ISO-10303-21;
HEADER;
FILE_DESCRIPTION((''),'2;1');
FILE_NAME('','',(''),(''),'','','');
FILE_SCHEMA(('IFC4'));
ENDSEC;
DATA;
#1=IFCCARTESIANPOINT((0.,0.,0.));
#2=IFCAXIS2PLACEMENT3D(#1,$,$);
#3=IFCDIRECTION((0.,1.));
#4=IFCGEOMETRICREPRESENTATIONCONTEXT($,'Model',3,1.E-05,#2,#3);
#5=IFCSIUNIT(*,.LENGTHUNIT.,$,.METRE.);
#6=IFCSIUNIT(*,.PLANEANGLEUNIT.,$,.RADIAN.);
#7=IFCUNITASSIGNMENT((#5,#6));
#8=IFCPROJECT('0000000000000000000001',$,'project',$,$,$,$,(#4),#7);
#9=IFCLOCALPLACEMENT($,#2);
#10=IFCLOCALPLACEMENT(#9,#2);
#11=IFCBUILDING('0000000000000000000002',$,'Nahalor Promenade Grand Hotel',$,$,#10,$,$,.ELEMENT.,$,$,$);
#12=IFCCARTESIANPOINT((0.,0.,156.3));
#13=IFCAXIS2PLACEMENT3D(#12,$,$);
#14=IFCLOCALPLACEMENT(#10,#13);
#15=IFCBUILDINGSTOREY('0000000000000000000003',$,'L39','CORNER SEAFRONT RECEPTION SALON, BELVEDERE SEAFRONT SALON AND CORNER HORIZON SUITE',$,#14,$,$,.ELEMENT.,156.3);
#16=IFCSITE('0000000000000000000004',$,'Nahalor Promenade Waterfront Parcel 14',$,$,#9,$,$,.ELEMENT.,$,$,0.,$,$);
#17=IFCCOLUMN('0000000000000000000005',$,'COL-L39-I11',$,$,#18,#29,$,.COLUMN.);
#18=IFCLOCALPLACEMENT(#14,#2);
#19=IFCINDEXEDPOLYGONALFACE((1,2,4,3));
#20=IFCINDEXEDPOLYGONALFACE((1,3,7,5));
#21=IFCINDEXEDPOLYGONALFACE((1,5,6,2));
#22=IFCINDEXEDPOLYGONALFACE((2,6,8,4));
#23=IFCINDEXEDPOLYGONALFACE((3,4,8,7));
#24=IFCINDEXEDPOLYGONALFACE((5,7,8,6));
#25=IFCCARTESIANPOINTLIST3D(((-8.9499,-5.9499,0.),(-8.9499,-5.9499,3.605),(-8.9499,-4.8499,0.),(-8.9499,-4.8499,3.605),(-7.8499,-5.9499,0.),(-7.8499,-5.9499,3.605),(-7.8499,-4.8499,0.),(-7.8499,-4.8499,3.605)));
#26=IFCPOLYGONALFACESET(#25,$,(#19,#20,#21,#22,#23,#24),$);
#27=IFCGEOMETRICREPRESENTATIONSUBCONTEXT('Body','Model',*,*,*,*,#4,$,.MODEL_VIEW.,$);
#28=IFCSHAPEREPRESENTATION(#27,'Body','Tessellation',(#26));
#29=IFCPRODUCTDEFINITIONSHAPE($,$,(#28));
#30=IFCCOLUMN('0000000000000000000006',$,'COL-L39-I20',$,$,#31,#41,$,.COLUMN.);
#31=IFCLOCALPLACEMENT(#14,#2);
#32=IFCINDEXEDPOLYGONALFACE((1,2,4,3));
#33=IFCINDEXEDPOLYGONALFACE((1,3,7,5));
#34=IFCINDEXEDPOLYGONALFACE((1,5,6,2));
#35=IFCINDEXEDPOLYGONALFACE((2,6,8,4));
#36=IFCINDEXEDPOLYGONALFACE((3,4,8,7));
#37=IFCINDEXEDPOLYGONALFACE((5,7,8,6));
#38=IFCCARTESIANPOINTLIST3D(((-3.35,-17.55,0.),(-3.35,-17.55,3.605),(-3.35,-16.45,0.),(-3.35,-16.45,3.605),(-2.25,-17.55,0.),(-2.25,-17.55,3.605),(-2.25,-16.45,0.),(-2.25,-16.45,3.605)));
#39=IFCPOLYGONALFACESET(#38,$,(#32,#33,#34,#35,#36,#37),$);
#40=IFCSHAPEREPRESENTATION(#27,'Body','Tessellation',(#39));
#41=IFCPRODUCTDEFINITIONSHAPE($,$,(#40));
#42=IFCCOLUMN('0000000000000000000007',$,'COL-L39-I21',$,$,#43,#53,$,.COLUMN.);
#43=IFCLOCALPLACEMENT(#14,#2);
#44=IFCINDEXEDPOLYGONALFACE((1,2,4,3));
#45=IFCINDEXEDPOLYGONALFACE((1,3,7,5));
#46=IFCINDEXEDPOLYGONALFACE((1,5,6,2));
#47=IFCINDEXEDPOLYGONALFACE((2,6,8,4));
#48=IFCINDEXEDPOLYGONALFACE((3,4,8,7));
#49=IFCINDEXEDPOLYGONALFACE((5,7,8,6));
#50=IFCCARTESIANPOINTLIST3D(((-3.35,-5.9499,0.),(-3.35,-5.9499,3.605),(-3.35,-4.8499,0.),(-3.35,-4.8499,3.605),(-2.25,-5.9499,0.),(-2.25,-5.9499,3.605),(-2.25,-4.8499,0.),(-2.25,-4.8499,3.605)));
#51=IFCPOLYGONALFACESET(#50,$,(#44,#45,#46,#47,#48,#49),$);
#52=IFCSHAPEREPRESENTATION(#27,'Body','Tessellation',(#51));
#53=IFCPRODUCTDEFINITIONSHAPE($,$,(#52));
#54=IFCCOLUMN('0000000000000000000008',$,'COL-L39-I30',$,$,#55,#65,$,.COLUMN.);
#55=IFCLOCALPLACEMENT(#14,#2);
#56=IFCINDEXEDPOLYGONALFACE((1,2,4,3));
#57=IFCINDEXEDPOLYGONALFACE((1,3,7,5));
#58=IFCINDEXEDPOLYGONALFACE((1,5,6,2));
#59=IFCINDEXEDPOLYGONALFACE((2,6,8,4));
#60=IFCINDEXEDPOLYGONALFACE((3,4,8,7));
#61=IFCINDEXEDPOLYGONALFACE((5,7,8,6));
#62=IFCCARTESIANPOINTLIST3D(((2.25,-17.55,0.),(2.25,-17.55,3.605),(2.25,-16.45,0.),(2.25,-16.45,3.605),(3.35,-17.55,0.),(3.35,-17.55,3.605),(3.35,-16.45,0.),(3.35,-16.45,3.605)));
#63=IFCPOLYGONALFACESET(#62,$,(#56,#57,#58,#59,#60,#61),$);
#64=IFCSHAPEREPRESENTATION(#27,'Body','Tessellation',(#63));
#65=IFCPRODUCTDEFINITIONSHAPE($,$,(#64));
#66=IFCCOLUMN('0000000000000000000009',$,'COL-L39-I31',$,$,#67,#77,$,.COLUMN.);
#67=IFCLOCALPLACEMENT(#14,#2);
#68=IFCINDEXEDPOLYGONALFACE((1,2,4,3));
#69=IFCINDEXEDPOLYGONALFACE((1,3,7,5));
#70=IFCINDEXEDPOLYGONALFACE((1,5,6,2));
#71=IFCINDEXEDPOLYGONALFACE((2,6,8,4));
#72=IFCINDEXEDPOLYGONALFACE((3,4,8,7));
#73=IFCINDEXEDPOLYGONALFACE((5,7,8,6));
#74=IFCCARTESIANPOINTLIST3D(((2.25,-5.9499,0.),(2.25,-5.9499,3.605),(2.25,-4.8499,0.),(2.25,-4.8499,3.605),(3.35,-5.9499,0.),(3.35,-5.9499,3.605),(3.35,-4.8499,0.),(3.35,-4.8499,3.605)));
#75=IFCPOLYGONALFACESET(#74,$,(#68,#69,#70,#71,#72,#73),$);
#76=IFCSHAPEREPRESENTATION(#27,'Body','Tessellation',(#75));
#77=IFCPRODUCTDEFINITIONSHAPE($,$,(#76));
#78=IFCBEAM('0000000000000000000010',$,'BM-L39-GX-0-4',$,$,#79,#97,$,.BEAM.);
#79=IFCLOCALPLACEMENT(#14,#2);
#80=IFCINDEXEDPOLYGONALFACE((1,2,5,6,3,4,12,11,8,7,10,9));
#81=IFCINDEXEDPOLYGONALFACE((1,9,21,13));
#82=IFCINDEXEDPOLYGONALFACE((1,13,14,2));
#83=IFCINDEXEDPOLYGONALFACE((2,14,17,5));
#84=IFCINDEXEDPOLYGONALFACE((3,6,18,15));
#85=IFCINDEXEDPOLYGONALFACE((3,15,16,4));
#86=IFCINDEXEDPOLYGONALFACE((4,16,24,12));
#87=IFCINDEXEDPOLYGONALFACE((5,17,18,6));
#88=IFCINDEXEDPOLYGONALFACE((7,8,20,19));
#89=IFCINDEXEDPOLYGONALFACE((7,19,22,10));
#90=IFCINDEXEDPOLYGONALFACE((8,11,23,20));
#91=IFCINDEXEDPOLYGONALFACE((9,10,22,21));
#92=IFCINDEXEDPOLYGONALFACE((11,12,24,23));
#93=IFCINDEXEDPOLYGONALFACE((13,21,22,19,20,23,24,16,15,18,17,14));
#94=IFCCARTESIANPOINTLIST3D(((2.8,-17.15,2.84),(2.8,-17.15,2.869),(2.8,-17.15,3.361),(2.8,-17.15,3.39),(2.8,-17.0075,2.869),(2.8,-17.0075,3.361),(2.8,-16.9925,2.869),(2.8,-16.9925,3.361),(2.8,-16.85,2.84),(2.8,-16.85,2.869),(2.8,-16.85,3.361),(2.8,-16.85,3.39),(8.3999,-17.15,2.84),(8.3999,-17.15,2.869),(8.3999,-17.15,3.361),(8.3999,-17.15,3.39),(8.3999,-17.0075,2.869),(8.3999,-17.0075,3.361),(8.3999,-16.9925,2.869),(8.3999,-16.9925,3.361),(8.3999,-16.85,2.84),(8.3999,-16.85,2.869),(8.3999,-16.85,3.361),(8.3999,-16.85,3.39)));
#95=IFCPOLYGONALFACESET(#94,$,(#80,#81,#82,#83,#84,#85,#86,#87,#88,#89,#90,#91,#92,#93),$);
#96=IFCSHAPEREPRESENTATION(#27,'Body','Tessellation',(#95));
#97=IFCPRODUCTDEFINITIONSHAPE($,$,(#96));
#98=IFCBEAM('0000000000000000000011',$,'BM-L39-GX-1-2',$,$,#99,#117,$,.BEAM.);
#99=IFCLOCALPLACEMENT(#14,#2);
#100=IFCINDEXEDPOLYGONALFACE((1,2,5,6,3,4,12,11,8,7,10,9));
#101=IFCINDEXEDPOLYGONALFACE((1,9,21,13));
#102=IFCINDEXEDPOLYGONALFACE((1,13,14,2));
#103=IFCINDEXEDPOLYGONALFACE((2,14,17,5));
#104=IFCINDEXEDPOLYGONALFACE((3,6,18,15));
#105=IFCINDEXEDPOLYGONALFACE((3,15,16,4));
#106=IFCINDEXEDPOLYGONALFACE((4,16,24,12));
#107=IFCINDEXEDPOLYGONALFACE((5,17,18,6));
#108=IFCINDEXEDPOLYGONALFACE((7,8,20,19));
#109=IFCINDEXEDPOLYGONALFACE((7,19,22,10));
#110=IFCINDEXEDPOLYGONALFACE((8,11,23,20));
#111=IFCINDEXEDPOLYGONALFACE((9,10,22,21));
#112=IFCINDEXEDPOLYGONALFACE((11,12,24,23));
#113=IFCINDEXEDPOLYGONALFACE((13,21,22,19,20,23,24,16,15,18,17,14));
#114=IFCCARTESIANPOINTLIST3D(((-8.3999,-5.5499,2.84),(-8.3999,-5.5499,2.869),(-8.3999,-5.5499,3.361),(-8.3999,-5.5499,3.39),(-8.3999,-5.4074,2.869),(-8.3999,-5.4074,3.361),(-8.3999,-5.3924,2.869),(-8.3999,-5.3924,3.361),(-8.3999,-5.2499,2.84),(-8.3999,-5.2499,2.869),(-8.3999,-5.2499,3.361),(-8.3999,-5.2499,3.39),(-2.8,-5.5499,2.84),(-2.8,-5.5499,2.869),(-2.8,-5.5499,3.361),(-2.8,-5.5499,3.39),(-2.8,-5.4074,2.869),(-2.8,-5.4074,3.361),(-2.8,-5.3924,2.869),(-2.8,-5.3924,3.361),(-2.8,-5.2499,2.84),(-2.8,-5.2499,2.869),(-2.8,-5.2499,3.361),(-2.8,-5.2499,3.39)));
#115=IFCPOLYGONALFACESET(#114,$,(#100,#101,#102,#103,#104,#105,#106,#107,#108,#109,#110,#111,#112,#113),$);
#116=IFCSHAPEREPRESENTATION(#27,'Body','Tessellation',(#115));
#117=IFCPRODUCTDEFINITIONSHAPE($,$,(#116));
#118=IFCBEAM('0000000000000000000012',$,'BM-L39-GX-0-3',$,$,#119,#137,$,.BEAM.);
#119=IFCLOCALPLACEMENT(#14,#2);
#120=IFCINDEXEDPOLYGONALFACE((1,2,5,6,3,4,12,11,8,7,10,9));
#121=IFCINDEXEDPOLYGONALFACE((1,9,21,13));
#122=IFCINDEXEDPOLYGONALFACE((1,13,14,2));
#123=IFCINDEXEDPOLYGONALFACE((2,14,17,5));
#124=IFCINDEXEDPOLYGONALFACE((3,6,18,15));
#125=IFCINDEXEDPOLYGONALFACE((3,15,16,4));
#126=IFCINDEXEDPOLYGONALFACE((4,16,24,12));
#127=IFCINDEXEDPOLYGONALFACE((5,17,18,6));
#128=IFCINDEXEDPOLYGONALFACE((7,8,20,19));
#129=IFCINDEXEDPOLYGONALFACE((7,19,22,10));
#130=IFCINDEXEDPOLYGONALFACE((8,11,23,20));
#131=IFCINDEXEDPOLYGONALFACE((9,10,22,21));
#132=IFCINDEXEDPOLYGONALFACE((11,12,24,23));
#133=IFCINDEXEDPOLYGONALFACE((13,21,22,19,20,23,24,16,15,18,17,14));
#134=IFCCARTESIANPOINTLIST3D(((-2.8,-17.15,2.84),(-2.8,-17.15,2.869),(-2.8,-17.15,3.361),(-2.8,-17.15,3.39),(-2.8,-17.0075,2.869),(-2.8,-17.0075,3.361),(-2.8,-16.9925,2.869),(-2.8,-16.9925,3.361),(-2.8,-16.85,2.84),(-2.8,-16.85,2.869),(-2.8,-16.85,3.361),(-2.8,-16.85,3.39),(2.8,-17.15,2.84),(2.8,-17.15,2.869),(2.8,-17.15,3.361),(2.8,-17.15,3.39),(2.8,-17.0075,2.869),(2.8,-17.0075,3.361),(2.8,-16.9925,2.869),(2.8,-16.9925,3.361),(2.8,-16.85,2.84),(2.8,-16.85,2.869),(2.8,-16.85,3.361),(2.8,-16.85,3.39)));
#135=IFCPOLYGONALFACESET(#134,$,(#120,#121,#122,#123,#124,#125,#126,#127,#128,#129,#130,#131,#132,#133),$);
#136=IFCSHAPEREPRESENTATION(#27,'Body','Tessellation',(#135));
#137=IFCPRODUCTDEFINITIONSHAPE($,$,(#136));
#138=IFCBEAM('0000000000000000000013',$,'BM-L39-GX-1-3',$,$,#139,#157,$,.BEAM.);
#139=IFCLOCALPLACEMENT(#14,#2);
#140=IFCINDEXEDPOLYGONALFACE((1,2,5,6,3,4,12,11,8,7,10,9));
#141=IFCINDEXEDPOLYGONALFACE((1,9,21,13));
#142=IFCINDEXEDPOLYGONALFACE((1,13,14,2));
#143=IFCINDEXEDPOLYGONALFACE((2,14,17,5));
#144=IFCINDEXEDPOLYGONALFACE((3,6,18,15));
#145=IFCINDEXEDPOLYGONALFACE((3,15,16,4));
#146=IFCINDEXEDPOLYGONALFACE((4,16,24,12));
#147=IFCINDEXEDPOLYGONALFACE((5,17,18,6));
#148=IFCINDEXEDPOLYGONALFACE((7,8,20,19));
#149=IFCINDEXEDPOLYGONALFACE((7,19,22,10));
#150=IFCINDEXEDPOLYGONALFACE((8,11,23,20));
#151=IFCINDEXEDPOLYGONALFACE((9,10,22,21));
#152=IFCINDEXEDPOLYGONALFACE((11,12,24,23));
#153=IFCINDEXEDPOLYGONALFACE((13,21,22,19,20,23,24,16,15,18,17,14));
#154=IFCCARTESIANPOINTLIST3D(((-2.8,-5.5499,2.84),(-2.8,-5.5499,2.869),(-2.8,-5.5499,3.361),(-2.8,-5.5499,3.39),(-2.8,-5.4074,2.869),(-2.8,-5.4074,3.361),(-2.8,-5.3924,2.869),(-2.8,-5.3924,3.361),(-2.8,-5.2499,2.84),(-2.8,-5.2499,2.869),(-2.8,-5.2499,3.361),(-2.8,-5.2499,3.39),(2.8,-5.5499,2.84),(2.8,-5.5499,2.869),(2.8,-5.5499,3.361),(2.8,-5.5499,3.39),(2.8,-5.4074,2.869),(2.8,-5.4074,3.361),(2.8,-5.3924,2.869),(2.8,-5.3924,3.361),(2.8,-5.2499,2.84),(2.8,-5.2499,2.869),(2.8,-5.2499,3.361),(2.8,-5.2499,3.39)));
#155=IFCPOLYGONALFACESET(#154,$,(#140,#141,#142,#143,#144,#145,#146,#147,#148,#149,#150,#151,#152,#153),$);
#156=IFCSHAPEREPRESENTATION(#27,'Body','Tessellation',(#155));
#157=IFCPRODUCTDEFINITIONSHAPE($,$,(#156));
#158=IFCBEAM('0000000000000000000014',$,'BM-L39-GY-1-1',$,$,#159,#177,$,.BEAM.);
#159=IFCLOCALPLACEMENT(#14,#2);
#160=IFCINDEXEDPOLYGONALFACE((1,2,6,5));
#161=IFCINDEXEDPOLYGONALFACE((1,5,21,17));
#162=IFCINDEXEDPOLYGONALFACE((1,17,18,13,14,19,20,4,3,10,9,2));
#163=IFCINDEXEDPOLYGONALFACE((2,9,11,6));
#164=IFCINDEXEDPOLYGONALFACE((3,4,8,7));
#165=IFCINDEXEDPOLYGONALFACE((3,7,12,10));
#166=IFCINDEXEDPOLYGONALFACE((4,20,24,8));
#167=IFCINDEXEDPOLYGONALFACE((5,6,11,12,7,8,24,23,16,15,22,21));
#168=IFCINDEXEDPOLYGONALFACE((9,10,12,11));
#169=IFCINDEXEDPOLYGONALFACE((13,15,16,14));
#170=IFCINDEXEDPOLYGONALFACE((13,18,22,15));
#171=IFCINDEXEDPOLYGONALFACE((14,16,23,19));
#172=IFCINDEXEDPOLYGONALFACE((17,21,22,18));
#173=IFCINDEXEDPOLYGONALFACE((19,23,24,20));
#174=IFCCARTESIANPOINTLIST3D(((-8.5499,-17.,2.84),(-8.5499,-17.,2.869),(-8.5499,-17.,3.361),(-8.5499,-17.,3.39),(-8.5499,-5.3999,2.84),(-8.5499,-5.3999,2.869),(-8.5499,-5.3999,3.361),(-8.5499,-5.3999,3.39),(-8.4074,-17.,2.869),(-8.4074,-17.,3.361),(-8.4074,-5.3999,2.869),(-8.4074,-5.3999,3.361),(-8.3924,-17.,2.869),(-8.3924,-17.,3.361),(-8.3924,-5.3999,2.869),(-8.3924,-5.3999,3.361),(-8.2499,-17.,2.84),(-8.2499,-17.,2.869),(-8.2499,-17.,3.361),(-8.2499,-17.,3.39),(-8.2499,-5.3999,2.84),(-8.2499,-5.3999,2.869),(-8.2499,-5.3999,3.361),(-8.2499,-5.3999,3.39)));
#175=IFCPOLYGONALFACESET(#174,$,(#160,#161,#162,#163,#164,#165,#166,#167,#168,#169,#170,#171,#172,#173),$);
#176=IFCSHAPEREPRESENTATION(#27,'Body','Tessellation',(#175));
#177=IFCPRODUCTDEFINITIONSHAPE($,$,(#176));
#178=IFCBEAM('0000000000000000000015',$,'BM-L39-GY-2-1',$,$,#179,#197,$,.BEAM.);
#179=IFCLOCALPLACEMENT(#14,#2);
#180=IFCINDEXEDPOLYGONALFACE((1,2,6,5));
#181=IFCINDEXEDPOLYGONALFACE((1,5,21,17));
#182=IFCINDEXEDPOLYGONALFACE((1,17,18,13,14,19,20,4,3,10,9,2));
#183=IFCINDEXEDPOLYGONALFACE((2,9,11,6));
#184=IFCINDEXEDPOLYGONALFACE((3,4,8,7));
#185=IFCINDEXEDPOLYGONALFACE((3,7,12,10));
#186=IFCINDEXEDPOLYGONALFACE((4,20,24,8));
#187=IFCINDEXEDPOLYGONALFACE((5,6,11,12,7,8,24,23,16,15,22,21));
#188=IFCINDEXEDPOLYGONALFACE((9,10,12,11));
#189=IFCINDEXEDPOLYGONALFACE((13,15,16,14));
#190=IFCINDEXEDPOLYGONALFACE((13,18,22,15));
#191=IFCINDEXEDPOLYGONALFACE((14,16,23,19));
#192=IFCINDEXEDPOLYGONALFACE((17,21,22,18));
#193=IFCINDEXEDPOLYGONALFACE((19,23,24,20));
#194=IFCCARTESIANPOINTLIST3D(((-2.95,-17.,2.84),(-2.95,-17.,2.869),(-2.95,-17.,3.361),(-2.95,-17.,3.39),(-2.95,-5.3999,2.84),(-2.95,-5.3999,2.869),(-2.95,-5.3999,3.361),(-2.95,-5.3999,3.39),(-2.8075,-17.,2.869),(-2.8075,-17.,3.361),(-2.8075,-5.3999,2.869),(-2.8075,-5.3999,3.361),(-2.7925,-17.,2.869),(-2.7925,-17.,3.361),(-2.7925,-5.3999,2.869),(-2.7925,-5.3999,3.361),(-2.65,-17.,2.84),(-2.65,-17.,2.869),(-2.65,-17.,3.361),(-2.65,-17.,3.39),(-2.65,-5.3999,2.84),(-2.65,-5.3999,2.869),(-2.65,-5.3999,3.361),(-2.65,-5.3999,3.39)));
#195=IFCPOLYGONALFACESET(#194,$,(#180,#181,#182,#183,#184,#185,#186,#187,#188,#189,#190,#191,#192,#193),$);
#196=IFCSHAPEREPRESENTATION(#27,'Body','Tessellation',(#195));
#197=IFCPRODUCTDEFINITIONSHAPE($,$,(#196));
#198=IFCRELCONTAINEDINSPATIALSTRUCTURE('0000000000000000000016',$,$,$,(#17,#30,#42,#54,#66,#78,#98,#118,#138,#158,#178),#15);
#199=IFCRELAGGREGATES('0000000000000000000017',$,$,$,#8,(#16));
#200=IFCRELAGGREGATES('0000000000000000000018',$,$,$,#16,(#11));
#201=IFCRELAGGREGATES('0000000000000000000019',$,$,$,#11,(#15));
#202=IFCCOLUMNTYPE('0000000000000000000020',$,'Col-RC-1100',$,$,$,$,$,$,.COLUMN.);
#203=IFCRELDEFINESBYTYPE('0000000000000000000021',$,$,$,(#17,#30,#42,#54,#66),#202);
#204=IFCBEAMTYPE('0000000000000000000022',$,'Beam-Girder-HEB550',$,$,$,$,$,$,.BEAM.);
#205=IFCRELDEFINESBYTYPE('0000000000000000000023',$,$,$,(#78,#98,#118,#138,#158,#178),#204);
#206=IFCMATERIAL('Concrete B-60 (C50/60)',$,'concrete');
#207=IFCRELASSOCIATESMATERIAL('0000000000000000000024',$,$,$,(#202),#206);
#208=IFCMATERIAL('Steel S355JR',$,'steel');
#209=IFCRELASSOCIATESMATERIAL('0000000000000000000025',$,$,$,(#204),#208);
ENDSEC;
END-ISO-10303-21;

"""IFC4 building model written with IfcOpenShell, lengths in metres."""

from ifc_helpers import new_model, si_unit, direction, frame, origin, origin_2d, place, context, subcontext, project, spatial, rectangle, i_section, extrude, source, transform, mapped, material, material_profile, profile_set, type_object, element, save


model = new_model("IFC4")

# Units and contexts
model_context = context("Model", 3, precision=1e-05, world=origin(), true_north=direction((0.0, 1.0)))
body_context = subcontext(model_context, "Body", "Model", "MODEL_VIEW")
ifc_project = project(units=[si_unit("LENGTHUNIT", "METRE"), si_unit("PLANEANGLEUNIT", "RADIAN")], contexts=[model_context])

# Site, building, storey
site_placement = place(None, origin())
site = spatial("IfcSite", under=ifc_project, at=site_placement, Name="Nahalor Promenade Waterfront Parcel 14", CompositionType="ELEMENT", RefElevation=0.0)
building_placement = place(site_placement, origin())
building = spatial("IfcBuilding", under=site, at=building_placement, Name="Nahalor Promenade Grand Hotel", CompositionType="ELEMENT")
storey_placement = place(building_placement, frame((0.0, 0.0, 156.3)))
storey = spatial("IfcBuildingStorey", under=building, at=storey_placement, Name="L39", Description="CORNER SEAFRONT RECEPTION SALON, BELVEDERE SEAFRONT SALON AND CORNER HORIZON SUITE", CompositionType="ELEMENT", Elevation=156.3)

# Columns
ifc_material_1 = material(Name="Concrete B-60 (C50/60)", Category="concrete")
ifc_material_profile_1 = material_profile(ifc_material_1, rectangle(XDim=1.1, YDim=1.1, at=origin_2d()), Name="RC 1100x1100")
ifc_profile_set_1 = profile_set([ifc_material_profile_1], Name="Concrete B-60 (C50/60)")
column_type = type_object("IfcColumnType", Name="Col-RC-1100", PredefinedType="COLUMN", material=ifc_profile_set_1)
shared_shape_1 = source(origin(), body_context, "Body", "SweptSolid", [
    extrude(rectangle(XDim=1.1, YDim=1.1, at=origin_2d()), origin(), (0.0, 0.0, 1.0), 3.605),
])
for number, where, z_axis, x_axis, name in (
    (1, (-8.3999, -5.3999, 0.0), (0.0, 0.0, 1.0), (1.0, 0.0, 0.0), "COL-L39-I11"),
    (2, (-2.8, -17.0, 0.0), (0.0, 0.0, 1.0), (1.0, 0.0, 0.0), "COL-L39-I20"),
    (3, (-2.8, -5.3999, 0.0), (0.0, 0.0, 1.0), (1.0, 0.0, 0.0), "COL-L39-I21"),
    (4, (2.8, -17.0, 0.0), (0.0, 0.0, 1.0), (1.0, 0.0, 0.0), "COL-L39-I30"),
    (5, (2.8, -5.3999, 0.0), (0.0, 0.0, 1.0), (1.0, 0.0, 0.0), "COL-L39-I31"),
):
    element("IfcColumn", number, at=place(storey_placement, frame(where, z_axis=z_axis, x_axis=x_axis)), inside=storey, type_object=column_type, Name=name, PredefinedType="COLUMN", context=body_context, shape_type="MappedRepresentation", body=[
        mapped(shared_shape_1, transform((0.0, 0.0, 0.0), scale=1.0)),
    ])

# Beams
ifc_material_2 = material(Name="Steel S355JR", Category="steel")
ifc_material_profile_2 = material_profile(ifc_material_2, i_section(OverallWidth=0.3, OverallDepth=0.55, WebThickness=0.015, FlangeThickness=0.029, at=origin_2d()), Name="HEB 550")
ifc_profile_set_2 = profile_set([ifc_material_profile_2], Name="Steel S355JR")
beam_type_1 = type_object("IfcBeamType", Name="Beam-Girder-HEB550", PredefinedType="BEAM", material=ifc_profile_set_2)
shared_shape_2 = source(origin(), body_context, "Body", "SweptSolid", [
    extrude(i_section(OverallWidth=0.3, OverallDepth=0.55, WebThickness=0.015, FlangeThickness=0.029, at=origin_2d()), origin(), (0.0, 0.0, 1.0), 5.5999),
])
for number, where, z_axis, x_axis, name in (
    (6, (2.8, -17.0, 3.115), (1.0, 0.0, 0.0), (0.0, 1.0, 0.0), "BM-L39-GX-0-4"),
    (7, (-8.3999, -5.3999, 3.115), (1.0, 0.0, 0.0), (0.0, 1.0, 0.0), "BM-L39-GX-1-2"),
):
    element("IfcBeam", number, at=place(storey_placement, frame(where, z_axis=z_axis, x_axis=x_axis)), inside=storey, type_object=beam_type_1, Name=name, PredefinedType="BEAM", context=body_context, shape_type="MappedRepresentation", body=[
        mapped(shared_shape_2, transform((0.0, 0.0, 0.0), scale=1.0)),
    ])
shared_shape_3 = source(origin(), body_context, "Body", "SweptSolid", [
    extrude(i_section(OverallWidth=0.3, OverallDepth=0.55, WebThickness=0.015, FlangeThickness=0.029, at=origin_2d()), origin(), (0.0, 0.0, 1.0), 5.6001),
])
for number, where, z_axis, x_axis, name in (
    (8, (-2.8, -17.0, 3.115), (1.0, 0.0, 0.0), (0.0, 1.0, 0.0), "BM-L39-GX-0-3"),
    (9, (-2.8, -5.3999, 3.115), (1.0, 0.0, 0.0), (0.0, 1.0, 0.0), "BM-L39-GX-1-3"),
):
    element("IfcBeam", number, at=place(storey_placement, frame(where, z_axis=z_axis, x_axis=x_axis)), inside=storey, type_object=beam_type_1, Name=name, PredefinedType="BEAM", context=body_context, shape_type="MappedRepresentation", body=[
        mapped(shared_shape_3, transform((0.0, 0.0, 0.0), scale=1.0)),
    ])
shared_shape_4 = source(origin(), body_context, "Body", "SweptSolid", [
    extrude(i_section(OverallWidth=0.3, OverallDepth=0.55, WebThickness=0.015, FlangeThickness=0.029, at=origin_2d()), origin(), (0.0, 0.0, 1.0), 11.6001),
])
for number, where, z_axis, x_axis, name in (
    (10, (-8.3999, -17.0, 3.115), (0.0, 1.0, 0.0), (-1.0, 0.0, 0.0), "BM-L39-GY-1-1"),
    (11, (-2.8, -17.0, 3.115), (0.0, 1.0, 0.0), (-1.0, 0.0, 0.0), "BM-L39-GY-2-1"),
):
    element("IfcBeam", number, at=place(storey_placement, frame(where, z_axis=z_axis, x_axis=x_axis)), inside=storey, type_object=beam_type_1, Name=name, PredefinedType="BEAM", context=body_context, shape_type="MappedRepresentation", body=[
        mapped(shared_shape_4, transform((0.0, 0.0, 0.0), scale=1.0)),
    ])

save(model, "model.ifc")
